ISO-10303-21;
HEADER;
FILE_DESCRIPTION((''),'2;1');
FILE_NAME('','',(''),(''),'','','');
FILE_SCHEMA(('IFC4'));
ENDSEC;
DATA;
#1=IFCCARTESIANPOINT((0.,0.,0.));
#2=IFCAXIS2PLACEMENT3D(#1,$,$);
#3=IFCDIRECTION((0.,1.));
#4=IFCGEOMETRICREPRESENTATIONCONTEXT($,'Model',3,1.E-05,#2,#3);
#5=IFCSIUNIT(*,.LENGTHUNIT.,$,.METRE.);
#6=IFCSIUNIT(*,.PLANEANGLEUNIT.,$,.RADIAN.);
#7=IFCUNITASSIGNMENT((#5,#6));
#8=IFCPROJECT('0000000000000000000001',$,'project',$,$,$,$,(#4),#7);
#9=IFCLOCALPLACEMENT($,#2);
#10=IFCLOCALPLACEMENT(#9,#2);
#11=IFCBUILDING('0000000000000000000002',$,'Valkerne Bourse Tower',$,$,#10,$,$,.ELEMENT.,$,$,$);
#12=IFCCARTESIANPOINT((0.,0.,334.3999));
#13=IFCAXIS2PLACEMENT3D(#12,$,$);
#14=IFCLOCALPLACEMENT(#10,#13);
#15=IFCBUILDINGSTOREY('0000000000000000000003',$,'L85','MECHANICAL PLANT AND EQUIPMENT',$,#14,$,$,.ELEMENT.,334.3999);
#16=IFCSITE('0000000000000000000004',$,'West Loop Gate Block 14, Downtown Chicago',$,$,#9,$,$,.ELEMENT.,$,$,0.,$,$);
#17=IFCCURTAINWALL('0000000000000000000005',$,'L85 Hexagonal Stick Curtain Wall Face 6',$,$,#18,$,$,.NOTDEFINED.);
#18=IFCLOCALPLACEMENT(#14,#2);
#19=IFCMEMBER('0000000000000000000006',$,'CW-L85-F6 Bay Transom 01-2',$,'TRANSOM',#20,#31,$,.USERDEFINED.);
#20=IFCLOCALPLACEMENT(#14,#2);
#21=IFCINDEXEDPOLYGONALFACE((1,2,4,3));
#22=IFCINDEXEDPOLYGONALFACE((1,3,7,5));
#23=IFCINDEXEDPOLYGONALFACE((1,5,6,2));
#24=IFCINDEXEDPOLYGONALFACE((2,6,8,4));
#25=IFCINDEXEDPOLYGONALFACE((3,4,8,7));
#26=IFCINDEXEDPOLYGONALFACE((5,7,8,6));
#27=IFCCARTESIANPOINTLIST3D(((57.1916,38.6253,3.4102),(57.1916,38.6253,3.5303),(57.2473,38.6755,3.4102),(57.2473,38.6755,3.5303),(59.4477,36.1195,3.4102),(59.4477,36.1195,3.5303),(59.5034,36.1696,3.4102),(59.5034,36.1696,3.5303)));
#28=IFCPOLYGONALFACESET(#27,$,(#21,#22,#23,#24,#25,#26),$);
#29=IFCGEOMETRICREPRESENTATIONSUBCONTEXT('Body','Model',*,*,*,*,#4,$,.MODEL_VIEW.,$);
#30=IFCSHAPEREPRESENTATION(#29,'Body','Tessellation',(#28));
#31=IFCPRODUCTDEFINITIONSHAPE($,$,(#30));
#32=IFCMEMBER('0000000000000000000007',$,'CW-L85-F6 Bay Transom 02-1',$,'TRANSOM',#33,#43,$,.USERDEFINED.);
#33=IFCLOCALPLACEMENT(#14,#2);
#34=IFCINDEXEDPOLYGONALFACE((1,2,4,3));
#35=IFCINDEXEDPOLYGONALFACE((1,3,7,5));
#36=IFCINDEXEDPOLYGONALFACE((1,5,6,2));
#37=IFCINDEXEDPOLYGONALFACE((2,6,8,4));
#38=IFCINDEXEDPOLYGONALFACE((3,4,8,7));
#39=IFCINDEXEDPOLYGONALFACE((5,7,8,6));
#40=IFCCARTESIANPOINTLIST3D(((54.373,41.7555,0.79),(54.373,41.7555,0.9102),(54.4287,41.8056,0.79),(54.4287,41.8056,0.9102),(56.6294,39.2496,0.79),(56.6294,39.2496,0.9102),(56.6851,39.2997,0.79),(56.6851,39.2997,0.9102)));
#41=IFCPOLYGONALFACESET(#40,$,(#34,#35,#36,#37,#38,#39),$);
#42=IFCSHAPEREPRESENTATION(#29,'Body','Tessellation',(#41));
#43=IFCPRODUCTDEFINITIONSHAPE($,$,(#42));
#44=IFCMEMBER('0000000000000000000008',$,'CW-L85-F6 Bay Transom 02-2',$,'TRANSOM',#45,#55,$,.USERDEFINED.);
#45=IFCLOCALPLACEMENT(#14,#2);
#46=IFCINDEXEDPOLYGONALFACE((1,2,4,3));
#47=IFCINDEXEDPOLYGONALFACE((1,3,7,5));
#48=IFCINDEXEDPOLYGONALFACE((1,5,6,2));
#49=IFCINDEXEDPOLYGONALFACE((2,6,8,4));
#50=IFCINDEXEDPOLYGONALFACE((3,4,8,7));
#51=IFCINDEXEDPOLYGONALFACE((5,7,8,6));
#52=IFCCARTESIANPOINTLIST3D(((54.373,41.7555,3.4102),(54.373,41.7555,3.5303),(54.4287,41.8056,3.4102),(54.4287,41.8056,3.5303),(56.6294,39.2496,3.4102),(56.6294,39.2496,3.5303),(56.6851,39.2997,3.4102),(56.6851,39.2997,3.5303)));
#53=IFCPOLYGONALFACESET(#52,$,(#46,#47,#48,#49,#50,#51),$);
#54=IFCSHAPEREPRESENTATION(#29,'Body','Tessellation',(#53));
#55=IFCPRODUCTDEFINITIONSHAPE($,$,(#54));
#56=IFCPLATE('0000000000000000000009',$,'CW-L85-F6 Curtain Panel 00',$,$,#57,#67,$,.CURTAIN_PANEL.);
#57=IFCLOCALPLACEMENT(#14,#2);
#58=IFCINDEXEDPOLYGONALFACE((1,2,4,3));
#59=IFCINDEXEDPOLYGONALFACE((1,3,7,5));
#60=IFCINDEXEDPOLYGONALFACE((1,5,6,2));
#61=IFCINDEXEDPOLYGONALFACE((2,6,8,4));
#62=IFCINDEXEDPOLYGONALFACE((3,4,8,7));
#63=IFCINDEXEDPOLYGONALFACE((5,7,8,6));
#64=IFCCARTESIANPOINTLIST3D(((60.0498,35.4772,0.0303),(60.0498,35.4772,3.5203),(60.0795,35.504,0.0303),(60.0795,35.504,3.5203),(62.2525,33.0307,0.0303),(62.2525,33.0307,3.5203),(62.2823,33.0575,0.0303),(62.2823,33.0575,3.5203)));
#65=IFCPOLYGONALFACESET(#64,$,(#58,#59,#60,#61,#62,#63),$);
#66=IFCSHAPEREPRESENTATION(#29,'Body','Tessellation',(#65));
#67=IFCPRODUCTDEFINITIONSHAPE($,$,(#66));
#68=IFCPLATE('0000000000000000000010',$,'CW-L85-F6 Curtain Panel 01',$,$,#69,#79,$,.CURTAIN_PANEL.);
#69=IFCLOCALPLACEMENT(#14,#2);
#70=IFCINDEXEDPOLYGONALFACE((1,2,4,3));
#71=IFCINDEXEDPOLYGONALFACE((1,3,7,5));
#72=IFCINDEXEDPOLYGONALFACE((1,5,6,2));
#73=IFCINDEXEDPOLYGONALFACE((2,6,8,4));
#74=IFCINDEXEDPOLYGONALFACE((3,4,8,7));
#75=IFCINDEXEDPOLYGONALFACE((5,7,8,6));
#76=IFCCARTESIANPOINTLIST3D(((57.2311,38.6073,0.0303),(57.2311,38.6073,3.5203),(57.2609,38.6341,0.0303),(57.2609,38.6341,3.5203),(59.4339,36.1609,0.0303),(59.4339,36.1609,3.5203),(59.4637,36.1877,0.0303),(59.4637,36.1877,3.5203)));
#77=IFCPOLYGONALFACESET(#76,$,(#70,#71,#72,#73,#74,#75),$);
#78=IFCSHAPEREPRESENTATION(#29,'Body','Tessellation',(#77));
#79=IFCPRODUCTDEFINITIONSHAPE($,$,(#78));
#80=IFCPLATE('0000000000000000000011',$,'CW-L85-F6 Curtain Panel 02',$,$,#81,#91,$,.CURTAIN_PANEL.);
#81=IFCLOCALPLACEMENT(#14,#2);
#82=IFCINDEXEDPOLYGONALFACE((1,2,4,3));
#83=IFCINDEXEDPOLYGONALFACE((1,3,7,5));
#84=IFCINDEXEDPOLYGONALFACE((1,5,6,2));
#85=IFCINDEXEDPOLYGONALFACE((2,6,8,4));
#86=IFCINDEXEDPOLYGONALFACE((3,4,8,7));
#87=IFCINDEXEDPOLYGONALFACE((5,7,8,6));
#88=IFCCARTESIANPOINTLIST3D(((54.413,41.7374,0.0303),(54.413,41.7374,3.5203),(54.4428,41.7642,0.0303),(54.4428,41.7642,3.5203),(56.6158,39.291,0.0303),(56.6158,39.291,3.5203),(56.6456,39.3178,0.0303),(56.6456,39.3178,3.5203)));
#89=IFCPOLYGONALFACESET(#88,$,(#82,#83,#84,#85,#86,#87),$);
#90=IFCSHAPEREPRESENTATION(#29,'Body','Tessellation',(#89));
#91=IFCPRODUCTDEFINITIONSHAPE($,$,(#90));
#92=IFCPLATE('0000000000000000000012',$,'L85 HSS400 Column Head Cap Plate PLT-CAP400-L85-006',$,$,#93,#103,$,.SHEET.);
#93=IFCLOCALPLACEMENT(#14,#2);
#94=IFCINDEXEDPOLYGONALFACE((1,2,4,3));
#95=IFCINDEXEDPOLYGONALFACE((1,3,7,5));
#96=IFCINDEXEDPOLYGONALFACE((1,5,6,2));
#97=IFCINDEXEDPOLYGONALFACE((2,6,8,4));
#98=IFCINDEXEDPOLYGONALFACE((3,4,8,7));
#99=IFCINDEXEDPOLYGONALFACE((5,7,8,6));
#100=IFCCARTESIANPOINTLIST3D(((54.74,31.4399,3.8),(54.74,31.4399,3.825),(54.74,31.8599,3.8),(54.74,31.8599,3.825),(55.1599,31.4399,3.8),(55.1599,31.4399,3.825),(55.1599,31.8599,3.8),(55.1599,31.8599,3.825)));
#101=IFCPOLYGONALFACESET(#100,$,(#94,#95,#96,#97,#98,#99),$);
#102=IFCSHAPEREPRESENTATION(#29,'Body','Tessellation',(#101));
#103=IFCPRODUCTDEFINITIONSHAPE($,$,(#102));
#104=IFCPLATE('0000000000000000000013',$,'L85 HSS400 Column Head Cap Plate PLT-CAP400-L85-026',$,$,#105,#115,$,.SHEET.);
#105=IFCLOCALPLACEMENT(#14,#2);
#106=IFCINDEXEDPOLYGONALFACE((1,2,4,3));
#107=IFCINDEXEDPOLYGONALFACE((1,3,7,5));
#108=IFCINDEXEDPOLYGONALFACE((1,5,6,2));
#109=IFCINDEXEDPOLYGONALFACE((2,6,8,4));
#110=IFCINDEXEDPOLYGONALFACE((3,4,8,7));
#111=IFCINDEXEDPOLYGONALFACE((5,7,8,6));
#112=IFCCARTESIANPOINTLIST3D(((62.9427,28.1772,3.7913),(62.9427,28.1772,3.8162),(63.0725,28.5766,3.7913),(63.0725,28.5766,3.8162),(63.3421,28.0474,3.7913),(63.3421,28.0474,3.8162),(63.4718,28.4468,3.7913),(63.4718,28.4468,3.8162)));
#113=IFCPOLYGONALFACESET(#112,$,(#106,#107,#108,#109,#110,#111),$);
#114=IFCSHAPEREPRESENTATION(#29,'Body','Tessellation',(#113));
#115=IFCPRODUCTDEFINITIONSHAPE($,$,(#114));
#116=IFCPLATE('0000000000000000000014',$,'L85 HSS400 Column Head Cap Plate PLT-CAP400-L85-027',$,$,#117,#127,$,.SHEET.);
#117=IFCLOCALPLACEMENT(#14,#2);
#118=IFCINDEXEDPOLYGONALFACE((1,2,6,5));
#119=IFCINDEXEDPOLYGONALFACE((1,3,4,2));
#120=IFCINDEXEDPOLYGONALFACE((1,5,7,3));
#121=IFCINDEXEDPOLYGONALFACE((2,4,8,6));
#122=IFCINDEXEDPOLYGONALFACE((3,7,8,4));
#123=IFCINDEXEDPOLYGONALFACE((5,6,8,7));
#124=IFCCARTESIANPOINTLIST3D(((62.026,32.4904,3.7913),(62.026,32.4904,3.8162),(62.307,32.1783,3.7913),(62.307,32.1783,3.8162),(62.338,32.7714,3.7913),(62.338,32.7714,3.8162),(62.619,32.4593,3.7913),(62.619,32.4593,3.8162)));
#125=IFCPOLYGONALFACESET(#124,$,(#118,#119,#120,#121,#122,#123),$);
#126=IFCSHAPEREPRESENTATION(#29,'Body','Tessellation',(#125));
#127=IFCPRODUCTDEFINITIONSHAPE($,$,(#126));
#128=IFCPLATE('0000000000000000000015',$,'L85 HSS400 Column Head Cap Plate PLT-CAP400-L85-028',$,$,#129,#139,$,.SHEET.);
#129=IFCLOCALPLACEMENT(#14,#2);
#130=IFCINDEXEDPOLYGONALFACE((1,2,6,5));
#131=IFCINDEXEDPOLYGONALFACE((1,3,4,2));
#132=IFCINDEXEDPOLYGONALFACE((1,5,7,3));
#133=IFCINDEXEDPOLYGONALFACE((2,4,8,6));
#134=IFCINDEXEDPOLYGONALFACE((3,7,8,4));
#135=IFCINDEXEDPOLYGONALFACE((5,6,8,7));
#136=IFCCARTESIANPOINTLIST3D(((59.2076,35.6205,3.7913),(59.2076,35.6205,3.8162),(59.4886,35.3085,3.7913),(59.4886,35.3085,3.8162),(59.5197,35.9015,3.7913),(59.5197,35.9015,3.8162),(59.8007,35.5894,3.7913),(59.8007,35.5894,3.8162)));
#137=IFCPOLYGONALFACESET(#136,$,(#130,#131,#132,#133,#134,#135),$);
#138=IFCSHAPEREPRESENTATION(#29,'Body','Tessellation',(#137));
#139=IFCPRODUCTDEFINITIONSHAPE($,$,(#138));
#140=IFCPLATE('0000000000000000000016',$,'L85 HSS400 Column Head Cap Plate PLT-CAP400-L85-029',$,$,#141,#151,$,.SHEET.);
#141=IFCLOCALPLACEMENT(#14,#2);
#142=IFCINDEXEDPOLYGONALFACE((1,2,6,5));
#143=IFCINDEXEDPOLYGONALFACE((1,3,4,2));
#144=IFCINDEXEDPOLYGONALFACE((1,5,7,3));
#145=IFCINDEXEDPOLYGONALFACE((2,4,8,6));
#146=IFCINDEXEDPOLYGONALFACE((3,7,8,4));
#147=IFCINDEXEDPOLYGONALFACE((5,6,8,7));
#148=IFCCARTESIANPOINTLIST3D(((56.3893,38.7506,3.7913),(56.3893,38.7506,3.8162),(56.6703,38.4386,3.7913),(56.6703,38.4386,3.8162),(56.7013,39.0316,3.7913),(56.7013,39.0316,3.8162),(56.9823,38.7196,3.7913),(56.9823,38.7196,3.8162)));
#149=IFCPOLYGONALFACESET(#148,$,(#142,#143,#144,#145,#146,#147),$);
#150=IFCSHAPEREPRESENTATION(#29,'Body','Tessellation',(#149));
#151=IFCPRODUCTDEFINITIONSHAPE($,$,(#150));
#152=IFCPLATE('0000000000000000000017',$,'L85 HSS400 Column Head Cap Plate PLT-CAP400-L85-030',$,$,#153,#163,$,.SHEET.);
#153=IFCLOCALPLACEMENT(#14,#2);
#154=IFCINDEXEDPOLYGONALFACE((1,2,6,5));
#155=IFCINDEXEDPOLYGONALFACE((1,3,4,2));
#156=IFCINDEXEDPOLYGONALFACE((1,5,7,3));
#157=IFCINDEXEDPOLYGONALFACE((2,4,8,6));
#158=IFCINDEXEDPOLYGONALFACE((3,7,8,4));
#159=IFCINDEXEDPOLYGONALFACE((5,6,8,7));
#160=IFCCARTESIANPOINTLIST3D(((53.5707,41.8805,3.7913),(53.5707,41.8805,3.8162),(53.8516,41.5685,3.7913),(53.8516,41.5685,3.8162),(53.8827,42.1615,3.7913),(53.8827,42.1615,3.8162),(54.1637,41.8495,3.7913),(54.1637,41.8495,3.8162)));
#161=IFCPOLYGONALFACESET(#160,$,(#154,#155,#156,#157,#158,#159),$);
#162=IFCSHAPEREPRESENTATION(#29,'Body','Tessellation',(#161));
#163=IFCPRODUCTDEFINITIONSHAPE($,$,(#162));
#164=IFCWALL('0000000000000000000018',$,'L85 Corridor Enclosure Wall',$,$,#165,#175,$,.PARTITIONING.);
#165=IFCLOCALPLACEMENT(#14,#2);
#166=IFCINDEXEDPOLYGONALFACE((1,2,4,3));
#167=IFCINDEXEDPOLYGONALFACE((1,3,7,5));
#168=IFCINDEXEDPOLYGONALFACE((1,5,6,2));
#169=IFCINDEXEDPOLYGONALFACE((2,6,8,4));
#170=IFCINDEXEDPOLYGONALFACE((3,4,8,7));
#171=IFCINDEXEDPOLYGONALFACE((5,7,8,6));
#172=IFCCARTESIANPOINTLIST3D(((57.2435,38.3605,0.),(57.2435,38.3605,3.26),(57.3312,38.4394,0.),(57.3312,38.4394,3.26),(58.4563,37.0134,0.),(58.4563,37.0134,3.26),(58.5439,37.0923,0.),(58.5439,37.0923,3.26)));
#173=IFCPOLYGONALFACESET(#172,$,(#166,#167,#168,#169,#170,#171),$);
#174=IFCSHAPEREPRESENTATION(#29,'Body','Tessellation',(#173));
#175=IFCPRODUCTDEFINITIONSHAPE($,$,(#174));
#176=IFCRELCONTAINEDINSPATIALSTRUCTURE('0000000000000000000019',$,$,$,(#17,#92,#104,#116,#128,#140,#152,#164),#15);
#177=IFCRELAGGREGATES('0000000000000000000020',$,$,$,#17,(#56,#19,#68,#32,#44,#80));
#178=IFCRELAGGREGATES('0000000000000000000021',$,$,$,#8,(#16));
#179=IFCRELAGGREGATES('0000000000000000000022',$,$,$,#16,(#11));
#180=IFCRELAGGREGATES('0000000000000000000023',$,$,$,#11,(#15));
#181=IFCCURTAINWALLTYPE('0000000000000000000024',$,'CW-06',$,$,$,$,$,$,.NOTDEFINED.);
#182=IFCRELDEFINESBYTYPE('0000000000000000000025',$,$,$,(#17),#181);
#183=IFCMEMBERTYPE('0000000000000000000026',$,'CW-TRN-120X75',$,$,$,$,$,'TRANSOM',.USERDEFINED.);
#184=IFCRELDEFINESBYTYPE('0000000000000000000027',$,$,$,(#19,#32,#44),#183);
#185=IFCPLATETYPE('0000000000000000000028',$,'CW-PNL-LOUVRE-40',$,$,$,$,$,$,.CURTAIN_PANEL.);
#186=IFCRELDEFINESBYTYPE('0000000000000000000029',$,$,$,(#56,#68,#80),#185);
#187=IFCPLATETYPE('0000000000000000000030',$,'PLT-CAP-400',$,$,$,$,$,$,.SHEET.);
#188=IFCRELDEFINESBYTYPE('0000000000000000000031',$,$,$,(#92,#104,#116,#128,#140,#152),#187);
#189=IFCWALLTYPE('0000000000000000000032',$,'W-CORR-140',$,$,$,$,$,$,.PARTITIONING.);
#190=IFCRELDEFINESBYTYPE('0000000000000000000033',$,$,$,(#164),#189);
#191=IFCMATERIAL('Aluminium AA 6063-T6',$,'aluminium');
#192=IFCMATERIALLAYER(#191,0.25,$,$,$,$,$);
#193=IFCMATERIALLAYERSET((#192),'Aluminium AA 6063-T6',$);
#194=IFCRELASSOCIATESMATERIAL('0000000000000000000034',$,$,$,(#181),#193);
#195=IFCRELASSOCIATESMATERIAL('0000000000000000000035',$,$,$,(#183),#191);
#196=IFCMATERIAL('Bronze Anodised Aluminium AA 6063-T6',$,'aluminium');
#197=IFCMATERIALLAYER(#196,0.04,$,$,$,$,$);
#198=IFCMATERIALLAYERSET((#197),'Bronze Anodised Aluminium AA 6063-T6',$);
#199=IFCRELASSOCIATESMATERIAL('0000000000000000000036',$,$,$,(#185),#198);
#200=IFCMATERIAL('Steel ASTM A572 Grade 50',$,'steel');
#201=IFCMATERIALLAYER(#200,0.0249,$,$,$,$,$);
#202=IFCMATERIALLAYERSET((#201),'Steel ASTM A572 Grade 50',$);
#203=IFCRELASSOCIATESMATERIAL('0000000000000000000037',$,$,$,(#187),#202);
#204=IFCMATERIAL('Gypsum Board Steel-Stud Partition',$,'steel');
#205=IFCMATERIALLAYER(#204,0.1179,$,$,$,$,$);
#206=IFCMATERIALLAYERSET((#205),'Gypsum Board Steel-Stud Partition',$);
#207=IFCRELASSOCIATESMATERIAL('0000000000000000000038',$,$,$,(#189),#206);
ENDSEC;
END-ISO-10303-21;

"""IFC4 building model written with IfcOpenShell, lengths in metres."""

from ifc_helpers import new_model, si_unit, direction, frame, frame_2d, origin, origin_2d, place, context, subcontext, project, spatial, rectangle, extrude, material, layer, layer_set, material_profile, profile_set, type_object, element, aggregate, save


model = new_model("IFC4")

# Units and contexts
model_context = context("Model", 3, precision=1e-05, world=origin(), true_north=direction((0.0, 1.0)))
body_context = subcontext(model_context, "Body", "Model", "MODEL_VIEW")
ifc_project = project(units=[si_unit("LENGTHUNIT", "METRE"), si_unit("PLANEANGLEUNIT", "RADIAN")], contexts=[model_context])

# Site, building, storey
site_placement = place(None, origin())
site = spatial("IfcSite", under=ifc_project, at=site_placement, Name="West Loop Gate Block 14, Downtown Chicago", CompositionType="ELEMENT", RefElevation=0.0)
building_placement = place(site_placement, origin())
building = spatial("IfcBuilding", under=site, at=building_placement, Name="Valkerne Bourse Tower", CompositionType="ELEMENT")
storey_placement = place(building_placement, frame((0.0, 0.0, 334.3999)))
storey = spatial("IfcBuildingStorey", under=building, at=storey_placement, Name="L85", Description="MECHANICAL PLANT AND EQUIPMENT", CompositionType="ELEMENT", Elevation=334.3999)

# Shared definitions
ifc_material_1 = material(Name="Aluminium AA 6063-T6", Category="aluminium")
ifc_layer_1 = layer(ifc_material_1, 0.25)
ifc_layer_set_1 = layer_set([ifc_layer_1], Name="Aluminium AA 6063-T6")
curtain_wall_type = type_object("IfcCurtainWallType", Name="CW-06", PredefinedType="NOTDEFINED", material=ifc_layer_set_1)

# Curtain wall, members, plates
curtain_wall_1_placement = place(storey_placement, origin())
curtain_wall_1 = element("IfcCurtainWall", 1, at=curtain_wall_1_placement, inside=storey, type_object=curtain_wall_type, Name="L85 Hexagonal Stick Curtain Wall Face 6", PredefinedType="NOTDEFINED")
ifc_material_profile_1 = material_profile(ifc_material_1, rectangle(XDim=0.075, YDim=0.1201, at=origin_2d()), Name="CWT-75X120")
ifc_profile_set_1 = profile_set([ifc_material_profile_1], Name="Aluminium AA 6063-T6")
member_type_1 = type_object("IfcMemberType", Name="CW-TRN-120X75", ElementType="TRANSOM", PredefinedType="USERDEFINED", material=ifc_profile_set_1)
member_1_placement = place(storey_placement, frame((59.4756, 36.1445, 3.4702), z_axis=(-0.669101, 0.743172, 0.0), x_axis=(-0.743172, -0.669101, 0.0)))
member_1 = element("IfcMember", 2, at=member_1_placement, type_object=member_type_1, Name="CW-L85-F6 Bay Transom 01-2", ObjectType="TRANSOM", PredefinedType="USERDEFINED", context=body_context, shape_type="SweptSolid", body=[
    extrude(rectangle(XDim=0.075, YDim=0.1201, at=origin_2d()), origin(), (0.0, 0.0, 1.0), 3.3718),
])
member_2_placement = place(storey_placement, frame((56.6572, 39.2747, 0.8501), z_axis=(-0.669141, 0.743136, 0.0), x_axis=(-0.743136, -0.669141, 0.0)))
member_2 = element("IfcMember", 3, at=member_2_placement, type_object=member_type_1, Name="CW-L85-F6 Bay Transom 02-1", ObjectType="TRANSOM", PredefinedType="USERDEFINED", context=body_context, shape_type="SweptSolid", body=[
    extrude(rectangle(XDim=0.075, YDim=0.1201, at=origin_2d()), origin(), (0.0, 0.0, 1.0), 3.3721),
])
member_3_placement = place(storey_placement, frame((56.6572, 39.2747, 3.4702), z_axis=(-0.669141, 0.743136, 0.0), x_axis=(-0.743136, -0.669141, 0.0)))
member_3 = element("IfcMember", 4, at=member_3_placement, type_object=member_type_1, Name="CW-L85-F6 Bay Transom 02-2", ObjectType="TRANSOM", PredefinedType="USERDEFINED", context=body_context, shape_type="SweptSolid", body=[
    extrude(rectangle(XDim=0.075, YDim=0.1201, at=origin_2d()), origin(), (0.0, 0.0, 1.0), 3.3721),
])
ifc_material_2 = material(Name="Bronze Anodised Aluminium AA 6063-T6", Category="aluminium")
ifc_layer_2 = layer(ifc_material_2, 0.04)
ifc_layer_set_2 = layer_set([ifc_layer_2], Name="Bronze Anodised Aluminium AA 6063-T6")
plate_type_1 = type_object("IfcPlateType", Name="CW-PNL-LOUVRE-40", PredefinedType="CURTAIN_PANEL", material=ifc_layer_set_2)
plate_1_placement = place(storey_placement, frame((61.166, 34.2673, 0.0303), z_axis=(0.0, 0.0, 1.0), x_axis=(-0.669123, 0.743151, 0.0)))
plate_1 = element("IfcPlate", 5, at=plate_1_placement, type_object=plate_type_1, Name="CW-L85-F6 Curtain Panel 00", PredefinedType="CURTAIN_PANEL", context=body_context, shape_type="SweptSolid", body=[
    extrude(rectangle(XDim=3.292, YDim=0.04, at=origin_2d()), origin(), (0.0, 0.0, 1.0), 3.49),
])
plate_2_placement = place(storey_placement, frame((58.3474, 37.3975, 0.0303), z_axis=(0.0, 0.0, 1.0), x_axis=(-0.669137, 0.743139, 0.0)))
plate_2 = element("IfcPlate", 6, at=plate_2_placement, type_object=plate_type_1, Name="CW-L85-F6 Curtain Panel 01", PredefinedType="CURTAIN_PANEL", context=body_context, shape_type="SweptSolid", body=[
    extrude(rectangle(XDim=3.292, YDim=0.04, at=origin_2d()), origin(), (0.0, 0.0, 1.0), 3.49),
])
plate_3_placement = place(storey_placement, frame((55.5293, 40.5276, 0.0303), z_axis=(0.0, 0.0, 1.0), x_axis=(-0.669137, 0.743139, 0.0)))
plate_3 = element("IfcPlate", 7, at=plate_3_placement, type_object=plate_type_1, Name="CW-L85-F6 Curtain Panel 02", PredefinedType="CURTAIN_PANEL", context=body_context, shape_type="SweptSolid", body=[
    extrude(rectangle(XDim=3.292, YDim=0.04, at=origin_2d()), origin(), (0.0, 0.0, 1.0), 3.49),
])
aggregate(curtain_wall_1, [plate_1, member_1, plate_2, member_2, member_3, plate_3])

# Plates
ifc_material_3 = material(Name="Steel ASTM A572 Grade 50", Category="steel")
ifc_layer_3 = layer(ifc_material_3, 0.0249)
ifc_layer_set_3 = layer_set([ifc_layer_3], Name="Steel ASTM A572 Grade 50")
plate_type_2 = type_object("IfcPlateType", Name="PLT-CAP-400", PredefinedType="SHEET", material=ifc_layer_set_3)
for number, where, z_axis, x_axis, name in (
    (8, (54.95, 31.6499, 3.8), (0.0, 0.0, 1.0), (1.0, 0.0, 0.0), "L85 HSS400 Column Head Cap Plate PLT-CAP400-L85-006"),
    (9, (63.2073, 28.312, 3.7913), (0.0, 0.0, 1.0), (0.309017, 0.951057, 0.0), "L85 HSS400 Column Head Cap Plate PLT-CAP400-L85-026"),
    (10, (62.3225, 32.4749, 3.7913), (0.0, 0.0, 1.0), (-0.669131, 0.743145, 0.0), "L85 HSS400 Column Head Cap Plate PLT-CAP400-L85-027"),
    (11, (59.5042, 35.605, 3.7913), (0.0, 0.0, 1.0), (-0.669131, 0.743145, 0.0), "L85 HSS400 Column Head Cap Plate PLT-CAP400-L85-028"),
    (12, (56.6858, 38.7351, 3.7913), (0.0, 0.0, 1.0), (-0.669131, 0.743145, 0.0), "L85 HSS400 Column Head Cap Plate PLT-CAP400-L85-029"),
    (13, (53.8672, 41.865, 3.7913), (0.0, 0.0, 1.0), (-0.669131, 0.743145, 0.0), "L85 HSS400 Column Head Cap Plate PLT-CAP400-L85-030"),
):
    element("IfcPlate", number, at=place(storey_placement, frame(where, z_axis=z_axis, x_axis=x_axis)), inside=storey, type_object=plate_type_2, Name=name, PredefinedType="SHEET", context=body_context, shape_type="SweptSolid", body=[
        extrude(rectangle(XDim=0.4199, YDim=0.4199, at=origin_2d()), origin(), (0.0, 0.0, 1.0), 0.0249),
    ])

# Wall
ifc_material_4 = material(Name="Gypsum Board Steel-Stud Partition", Category="steel")
ifc_layer_4 = layer(ifc_material_4, 0.1179)
ifc_layer_set_4 = layer_set([ifc_layer_4], Name="Gypsum Board Steel-Stud Partition")
wall_type_1 = type_object("IfcWallType", Name="W-CORR-140", PredefinedType="PARTITIONING", material=ifc_layer_set_4)
wall_1_placement = place(storey_placement, frame((57.2874, 38.3999, 0.0), z_axis=(0.0, 0.0, 1.0), x_axis=(0.669091, -0.74318, 0.0)))
element("IfcWall", 14, at=wall_1_placement, inside=storey, type_object=wall_type_1, Name="L85 Corridor Enclosure Wall", PredefinedType="PARTITIONING", context=body_context, shape_type="SweptSolid", body=[
    extrude(rectangle(XDim=1.8125, YDim=0.1179, at=frame_2d((0.9062, 0.0))), origin(), (0.0, 0.0, 1.0), 3.26),
])

save(model, "model.ifc")
